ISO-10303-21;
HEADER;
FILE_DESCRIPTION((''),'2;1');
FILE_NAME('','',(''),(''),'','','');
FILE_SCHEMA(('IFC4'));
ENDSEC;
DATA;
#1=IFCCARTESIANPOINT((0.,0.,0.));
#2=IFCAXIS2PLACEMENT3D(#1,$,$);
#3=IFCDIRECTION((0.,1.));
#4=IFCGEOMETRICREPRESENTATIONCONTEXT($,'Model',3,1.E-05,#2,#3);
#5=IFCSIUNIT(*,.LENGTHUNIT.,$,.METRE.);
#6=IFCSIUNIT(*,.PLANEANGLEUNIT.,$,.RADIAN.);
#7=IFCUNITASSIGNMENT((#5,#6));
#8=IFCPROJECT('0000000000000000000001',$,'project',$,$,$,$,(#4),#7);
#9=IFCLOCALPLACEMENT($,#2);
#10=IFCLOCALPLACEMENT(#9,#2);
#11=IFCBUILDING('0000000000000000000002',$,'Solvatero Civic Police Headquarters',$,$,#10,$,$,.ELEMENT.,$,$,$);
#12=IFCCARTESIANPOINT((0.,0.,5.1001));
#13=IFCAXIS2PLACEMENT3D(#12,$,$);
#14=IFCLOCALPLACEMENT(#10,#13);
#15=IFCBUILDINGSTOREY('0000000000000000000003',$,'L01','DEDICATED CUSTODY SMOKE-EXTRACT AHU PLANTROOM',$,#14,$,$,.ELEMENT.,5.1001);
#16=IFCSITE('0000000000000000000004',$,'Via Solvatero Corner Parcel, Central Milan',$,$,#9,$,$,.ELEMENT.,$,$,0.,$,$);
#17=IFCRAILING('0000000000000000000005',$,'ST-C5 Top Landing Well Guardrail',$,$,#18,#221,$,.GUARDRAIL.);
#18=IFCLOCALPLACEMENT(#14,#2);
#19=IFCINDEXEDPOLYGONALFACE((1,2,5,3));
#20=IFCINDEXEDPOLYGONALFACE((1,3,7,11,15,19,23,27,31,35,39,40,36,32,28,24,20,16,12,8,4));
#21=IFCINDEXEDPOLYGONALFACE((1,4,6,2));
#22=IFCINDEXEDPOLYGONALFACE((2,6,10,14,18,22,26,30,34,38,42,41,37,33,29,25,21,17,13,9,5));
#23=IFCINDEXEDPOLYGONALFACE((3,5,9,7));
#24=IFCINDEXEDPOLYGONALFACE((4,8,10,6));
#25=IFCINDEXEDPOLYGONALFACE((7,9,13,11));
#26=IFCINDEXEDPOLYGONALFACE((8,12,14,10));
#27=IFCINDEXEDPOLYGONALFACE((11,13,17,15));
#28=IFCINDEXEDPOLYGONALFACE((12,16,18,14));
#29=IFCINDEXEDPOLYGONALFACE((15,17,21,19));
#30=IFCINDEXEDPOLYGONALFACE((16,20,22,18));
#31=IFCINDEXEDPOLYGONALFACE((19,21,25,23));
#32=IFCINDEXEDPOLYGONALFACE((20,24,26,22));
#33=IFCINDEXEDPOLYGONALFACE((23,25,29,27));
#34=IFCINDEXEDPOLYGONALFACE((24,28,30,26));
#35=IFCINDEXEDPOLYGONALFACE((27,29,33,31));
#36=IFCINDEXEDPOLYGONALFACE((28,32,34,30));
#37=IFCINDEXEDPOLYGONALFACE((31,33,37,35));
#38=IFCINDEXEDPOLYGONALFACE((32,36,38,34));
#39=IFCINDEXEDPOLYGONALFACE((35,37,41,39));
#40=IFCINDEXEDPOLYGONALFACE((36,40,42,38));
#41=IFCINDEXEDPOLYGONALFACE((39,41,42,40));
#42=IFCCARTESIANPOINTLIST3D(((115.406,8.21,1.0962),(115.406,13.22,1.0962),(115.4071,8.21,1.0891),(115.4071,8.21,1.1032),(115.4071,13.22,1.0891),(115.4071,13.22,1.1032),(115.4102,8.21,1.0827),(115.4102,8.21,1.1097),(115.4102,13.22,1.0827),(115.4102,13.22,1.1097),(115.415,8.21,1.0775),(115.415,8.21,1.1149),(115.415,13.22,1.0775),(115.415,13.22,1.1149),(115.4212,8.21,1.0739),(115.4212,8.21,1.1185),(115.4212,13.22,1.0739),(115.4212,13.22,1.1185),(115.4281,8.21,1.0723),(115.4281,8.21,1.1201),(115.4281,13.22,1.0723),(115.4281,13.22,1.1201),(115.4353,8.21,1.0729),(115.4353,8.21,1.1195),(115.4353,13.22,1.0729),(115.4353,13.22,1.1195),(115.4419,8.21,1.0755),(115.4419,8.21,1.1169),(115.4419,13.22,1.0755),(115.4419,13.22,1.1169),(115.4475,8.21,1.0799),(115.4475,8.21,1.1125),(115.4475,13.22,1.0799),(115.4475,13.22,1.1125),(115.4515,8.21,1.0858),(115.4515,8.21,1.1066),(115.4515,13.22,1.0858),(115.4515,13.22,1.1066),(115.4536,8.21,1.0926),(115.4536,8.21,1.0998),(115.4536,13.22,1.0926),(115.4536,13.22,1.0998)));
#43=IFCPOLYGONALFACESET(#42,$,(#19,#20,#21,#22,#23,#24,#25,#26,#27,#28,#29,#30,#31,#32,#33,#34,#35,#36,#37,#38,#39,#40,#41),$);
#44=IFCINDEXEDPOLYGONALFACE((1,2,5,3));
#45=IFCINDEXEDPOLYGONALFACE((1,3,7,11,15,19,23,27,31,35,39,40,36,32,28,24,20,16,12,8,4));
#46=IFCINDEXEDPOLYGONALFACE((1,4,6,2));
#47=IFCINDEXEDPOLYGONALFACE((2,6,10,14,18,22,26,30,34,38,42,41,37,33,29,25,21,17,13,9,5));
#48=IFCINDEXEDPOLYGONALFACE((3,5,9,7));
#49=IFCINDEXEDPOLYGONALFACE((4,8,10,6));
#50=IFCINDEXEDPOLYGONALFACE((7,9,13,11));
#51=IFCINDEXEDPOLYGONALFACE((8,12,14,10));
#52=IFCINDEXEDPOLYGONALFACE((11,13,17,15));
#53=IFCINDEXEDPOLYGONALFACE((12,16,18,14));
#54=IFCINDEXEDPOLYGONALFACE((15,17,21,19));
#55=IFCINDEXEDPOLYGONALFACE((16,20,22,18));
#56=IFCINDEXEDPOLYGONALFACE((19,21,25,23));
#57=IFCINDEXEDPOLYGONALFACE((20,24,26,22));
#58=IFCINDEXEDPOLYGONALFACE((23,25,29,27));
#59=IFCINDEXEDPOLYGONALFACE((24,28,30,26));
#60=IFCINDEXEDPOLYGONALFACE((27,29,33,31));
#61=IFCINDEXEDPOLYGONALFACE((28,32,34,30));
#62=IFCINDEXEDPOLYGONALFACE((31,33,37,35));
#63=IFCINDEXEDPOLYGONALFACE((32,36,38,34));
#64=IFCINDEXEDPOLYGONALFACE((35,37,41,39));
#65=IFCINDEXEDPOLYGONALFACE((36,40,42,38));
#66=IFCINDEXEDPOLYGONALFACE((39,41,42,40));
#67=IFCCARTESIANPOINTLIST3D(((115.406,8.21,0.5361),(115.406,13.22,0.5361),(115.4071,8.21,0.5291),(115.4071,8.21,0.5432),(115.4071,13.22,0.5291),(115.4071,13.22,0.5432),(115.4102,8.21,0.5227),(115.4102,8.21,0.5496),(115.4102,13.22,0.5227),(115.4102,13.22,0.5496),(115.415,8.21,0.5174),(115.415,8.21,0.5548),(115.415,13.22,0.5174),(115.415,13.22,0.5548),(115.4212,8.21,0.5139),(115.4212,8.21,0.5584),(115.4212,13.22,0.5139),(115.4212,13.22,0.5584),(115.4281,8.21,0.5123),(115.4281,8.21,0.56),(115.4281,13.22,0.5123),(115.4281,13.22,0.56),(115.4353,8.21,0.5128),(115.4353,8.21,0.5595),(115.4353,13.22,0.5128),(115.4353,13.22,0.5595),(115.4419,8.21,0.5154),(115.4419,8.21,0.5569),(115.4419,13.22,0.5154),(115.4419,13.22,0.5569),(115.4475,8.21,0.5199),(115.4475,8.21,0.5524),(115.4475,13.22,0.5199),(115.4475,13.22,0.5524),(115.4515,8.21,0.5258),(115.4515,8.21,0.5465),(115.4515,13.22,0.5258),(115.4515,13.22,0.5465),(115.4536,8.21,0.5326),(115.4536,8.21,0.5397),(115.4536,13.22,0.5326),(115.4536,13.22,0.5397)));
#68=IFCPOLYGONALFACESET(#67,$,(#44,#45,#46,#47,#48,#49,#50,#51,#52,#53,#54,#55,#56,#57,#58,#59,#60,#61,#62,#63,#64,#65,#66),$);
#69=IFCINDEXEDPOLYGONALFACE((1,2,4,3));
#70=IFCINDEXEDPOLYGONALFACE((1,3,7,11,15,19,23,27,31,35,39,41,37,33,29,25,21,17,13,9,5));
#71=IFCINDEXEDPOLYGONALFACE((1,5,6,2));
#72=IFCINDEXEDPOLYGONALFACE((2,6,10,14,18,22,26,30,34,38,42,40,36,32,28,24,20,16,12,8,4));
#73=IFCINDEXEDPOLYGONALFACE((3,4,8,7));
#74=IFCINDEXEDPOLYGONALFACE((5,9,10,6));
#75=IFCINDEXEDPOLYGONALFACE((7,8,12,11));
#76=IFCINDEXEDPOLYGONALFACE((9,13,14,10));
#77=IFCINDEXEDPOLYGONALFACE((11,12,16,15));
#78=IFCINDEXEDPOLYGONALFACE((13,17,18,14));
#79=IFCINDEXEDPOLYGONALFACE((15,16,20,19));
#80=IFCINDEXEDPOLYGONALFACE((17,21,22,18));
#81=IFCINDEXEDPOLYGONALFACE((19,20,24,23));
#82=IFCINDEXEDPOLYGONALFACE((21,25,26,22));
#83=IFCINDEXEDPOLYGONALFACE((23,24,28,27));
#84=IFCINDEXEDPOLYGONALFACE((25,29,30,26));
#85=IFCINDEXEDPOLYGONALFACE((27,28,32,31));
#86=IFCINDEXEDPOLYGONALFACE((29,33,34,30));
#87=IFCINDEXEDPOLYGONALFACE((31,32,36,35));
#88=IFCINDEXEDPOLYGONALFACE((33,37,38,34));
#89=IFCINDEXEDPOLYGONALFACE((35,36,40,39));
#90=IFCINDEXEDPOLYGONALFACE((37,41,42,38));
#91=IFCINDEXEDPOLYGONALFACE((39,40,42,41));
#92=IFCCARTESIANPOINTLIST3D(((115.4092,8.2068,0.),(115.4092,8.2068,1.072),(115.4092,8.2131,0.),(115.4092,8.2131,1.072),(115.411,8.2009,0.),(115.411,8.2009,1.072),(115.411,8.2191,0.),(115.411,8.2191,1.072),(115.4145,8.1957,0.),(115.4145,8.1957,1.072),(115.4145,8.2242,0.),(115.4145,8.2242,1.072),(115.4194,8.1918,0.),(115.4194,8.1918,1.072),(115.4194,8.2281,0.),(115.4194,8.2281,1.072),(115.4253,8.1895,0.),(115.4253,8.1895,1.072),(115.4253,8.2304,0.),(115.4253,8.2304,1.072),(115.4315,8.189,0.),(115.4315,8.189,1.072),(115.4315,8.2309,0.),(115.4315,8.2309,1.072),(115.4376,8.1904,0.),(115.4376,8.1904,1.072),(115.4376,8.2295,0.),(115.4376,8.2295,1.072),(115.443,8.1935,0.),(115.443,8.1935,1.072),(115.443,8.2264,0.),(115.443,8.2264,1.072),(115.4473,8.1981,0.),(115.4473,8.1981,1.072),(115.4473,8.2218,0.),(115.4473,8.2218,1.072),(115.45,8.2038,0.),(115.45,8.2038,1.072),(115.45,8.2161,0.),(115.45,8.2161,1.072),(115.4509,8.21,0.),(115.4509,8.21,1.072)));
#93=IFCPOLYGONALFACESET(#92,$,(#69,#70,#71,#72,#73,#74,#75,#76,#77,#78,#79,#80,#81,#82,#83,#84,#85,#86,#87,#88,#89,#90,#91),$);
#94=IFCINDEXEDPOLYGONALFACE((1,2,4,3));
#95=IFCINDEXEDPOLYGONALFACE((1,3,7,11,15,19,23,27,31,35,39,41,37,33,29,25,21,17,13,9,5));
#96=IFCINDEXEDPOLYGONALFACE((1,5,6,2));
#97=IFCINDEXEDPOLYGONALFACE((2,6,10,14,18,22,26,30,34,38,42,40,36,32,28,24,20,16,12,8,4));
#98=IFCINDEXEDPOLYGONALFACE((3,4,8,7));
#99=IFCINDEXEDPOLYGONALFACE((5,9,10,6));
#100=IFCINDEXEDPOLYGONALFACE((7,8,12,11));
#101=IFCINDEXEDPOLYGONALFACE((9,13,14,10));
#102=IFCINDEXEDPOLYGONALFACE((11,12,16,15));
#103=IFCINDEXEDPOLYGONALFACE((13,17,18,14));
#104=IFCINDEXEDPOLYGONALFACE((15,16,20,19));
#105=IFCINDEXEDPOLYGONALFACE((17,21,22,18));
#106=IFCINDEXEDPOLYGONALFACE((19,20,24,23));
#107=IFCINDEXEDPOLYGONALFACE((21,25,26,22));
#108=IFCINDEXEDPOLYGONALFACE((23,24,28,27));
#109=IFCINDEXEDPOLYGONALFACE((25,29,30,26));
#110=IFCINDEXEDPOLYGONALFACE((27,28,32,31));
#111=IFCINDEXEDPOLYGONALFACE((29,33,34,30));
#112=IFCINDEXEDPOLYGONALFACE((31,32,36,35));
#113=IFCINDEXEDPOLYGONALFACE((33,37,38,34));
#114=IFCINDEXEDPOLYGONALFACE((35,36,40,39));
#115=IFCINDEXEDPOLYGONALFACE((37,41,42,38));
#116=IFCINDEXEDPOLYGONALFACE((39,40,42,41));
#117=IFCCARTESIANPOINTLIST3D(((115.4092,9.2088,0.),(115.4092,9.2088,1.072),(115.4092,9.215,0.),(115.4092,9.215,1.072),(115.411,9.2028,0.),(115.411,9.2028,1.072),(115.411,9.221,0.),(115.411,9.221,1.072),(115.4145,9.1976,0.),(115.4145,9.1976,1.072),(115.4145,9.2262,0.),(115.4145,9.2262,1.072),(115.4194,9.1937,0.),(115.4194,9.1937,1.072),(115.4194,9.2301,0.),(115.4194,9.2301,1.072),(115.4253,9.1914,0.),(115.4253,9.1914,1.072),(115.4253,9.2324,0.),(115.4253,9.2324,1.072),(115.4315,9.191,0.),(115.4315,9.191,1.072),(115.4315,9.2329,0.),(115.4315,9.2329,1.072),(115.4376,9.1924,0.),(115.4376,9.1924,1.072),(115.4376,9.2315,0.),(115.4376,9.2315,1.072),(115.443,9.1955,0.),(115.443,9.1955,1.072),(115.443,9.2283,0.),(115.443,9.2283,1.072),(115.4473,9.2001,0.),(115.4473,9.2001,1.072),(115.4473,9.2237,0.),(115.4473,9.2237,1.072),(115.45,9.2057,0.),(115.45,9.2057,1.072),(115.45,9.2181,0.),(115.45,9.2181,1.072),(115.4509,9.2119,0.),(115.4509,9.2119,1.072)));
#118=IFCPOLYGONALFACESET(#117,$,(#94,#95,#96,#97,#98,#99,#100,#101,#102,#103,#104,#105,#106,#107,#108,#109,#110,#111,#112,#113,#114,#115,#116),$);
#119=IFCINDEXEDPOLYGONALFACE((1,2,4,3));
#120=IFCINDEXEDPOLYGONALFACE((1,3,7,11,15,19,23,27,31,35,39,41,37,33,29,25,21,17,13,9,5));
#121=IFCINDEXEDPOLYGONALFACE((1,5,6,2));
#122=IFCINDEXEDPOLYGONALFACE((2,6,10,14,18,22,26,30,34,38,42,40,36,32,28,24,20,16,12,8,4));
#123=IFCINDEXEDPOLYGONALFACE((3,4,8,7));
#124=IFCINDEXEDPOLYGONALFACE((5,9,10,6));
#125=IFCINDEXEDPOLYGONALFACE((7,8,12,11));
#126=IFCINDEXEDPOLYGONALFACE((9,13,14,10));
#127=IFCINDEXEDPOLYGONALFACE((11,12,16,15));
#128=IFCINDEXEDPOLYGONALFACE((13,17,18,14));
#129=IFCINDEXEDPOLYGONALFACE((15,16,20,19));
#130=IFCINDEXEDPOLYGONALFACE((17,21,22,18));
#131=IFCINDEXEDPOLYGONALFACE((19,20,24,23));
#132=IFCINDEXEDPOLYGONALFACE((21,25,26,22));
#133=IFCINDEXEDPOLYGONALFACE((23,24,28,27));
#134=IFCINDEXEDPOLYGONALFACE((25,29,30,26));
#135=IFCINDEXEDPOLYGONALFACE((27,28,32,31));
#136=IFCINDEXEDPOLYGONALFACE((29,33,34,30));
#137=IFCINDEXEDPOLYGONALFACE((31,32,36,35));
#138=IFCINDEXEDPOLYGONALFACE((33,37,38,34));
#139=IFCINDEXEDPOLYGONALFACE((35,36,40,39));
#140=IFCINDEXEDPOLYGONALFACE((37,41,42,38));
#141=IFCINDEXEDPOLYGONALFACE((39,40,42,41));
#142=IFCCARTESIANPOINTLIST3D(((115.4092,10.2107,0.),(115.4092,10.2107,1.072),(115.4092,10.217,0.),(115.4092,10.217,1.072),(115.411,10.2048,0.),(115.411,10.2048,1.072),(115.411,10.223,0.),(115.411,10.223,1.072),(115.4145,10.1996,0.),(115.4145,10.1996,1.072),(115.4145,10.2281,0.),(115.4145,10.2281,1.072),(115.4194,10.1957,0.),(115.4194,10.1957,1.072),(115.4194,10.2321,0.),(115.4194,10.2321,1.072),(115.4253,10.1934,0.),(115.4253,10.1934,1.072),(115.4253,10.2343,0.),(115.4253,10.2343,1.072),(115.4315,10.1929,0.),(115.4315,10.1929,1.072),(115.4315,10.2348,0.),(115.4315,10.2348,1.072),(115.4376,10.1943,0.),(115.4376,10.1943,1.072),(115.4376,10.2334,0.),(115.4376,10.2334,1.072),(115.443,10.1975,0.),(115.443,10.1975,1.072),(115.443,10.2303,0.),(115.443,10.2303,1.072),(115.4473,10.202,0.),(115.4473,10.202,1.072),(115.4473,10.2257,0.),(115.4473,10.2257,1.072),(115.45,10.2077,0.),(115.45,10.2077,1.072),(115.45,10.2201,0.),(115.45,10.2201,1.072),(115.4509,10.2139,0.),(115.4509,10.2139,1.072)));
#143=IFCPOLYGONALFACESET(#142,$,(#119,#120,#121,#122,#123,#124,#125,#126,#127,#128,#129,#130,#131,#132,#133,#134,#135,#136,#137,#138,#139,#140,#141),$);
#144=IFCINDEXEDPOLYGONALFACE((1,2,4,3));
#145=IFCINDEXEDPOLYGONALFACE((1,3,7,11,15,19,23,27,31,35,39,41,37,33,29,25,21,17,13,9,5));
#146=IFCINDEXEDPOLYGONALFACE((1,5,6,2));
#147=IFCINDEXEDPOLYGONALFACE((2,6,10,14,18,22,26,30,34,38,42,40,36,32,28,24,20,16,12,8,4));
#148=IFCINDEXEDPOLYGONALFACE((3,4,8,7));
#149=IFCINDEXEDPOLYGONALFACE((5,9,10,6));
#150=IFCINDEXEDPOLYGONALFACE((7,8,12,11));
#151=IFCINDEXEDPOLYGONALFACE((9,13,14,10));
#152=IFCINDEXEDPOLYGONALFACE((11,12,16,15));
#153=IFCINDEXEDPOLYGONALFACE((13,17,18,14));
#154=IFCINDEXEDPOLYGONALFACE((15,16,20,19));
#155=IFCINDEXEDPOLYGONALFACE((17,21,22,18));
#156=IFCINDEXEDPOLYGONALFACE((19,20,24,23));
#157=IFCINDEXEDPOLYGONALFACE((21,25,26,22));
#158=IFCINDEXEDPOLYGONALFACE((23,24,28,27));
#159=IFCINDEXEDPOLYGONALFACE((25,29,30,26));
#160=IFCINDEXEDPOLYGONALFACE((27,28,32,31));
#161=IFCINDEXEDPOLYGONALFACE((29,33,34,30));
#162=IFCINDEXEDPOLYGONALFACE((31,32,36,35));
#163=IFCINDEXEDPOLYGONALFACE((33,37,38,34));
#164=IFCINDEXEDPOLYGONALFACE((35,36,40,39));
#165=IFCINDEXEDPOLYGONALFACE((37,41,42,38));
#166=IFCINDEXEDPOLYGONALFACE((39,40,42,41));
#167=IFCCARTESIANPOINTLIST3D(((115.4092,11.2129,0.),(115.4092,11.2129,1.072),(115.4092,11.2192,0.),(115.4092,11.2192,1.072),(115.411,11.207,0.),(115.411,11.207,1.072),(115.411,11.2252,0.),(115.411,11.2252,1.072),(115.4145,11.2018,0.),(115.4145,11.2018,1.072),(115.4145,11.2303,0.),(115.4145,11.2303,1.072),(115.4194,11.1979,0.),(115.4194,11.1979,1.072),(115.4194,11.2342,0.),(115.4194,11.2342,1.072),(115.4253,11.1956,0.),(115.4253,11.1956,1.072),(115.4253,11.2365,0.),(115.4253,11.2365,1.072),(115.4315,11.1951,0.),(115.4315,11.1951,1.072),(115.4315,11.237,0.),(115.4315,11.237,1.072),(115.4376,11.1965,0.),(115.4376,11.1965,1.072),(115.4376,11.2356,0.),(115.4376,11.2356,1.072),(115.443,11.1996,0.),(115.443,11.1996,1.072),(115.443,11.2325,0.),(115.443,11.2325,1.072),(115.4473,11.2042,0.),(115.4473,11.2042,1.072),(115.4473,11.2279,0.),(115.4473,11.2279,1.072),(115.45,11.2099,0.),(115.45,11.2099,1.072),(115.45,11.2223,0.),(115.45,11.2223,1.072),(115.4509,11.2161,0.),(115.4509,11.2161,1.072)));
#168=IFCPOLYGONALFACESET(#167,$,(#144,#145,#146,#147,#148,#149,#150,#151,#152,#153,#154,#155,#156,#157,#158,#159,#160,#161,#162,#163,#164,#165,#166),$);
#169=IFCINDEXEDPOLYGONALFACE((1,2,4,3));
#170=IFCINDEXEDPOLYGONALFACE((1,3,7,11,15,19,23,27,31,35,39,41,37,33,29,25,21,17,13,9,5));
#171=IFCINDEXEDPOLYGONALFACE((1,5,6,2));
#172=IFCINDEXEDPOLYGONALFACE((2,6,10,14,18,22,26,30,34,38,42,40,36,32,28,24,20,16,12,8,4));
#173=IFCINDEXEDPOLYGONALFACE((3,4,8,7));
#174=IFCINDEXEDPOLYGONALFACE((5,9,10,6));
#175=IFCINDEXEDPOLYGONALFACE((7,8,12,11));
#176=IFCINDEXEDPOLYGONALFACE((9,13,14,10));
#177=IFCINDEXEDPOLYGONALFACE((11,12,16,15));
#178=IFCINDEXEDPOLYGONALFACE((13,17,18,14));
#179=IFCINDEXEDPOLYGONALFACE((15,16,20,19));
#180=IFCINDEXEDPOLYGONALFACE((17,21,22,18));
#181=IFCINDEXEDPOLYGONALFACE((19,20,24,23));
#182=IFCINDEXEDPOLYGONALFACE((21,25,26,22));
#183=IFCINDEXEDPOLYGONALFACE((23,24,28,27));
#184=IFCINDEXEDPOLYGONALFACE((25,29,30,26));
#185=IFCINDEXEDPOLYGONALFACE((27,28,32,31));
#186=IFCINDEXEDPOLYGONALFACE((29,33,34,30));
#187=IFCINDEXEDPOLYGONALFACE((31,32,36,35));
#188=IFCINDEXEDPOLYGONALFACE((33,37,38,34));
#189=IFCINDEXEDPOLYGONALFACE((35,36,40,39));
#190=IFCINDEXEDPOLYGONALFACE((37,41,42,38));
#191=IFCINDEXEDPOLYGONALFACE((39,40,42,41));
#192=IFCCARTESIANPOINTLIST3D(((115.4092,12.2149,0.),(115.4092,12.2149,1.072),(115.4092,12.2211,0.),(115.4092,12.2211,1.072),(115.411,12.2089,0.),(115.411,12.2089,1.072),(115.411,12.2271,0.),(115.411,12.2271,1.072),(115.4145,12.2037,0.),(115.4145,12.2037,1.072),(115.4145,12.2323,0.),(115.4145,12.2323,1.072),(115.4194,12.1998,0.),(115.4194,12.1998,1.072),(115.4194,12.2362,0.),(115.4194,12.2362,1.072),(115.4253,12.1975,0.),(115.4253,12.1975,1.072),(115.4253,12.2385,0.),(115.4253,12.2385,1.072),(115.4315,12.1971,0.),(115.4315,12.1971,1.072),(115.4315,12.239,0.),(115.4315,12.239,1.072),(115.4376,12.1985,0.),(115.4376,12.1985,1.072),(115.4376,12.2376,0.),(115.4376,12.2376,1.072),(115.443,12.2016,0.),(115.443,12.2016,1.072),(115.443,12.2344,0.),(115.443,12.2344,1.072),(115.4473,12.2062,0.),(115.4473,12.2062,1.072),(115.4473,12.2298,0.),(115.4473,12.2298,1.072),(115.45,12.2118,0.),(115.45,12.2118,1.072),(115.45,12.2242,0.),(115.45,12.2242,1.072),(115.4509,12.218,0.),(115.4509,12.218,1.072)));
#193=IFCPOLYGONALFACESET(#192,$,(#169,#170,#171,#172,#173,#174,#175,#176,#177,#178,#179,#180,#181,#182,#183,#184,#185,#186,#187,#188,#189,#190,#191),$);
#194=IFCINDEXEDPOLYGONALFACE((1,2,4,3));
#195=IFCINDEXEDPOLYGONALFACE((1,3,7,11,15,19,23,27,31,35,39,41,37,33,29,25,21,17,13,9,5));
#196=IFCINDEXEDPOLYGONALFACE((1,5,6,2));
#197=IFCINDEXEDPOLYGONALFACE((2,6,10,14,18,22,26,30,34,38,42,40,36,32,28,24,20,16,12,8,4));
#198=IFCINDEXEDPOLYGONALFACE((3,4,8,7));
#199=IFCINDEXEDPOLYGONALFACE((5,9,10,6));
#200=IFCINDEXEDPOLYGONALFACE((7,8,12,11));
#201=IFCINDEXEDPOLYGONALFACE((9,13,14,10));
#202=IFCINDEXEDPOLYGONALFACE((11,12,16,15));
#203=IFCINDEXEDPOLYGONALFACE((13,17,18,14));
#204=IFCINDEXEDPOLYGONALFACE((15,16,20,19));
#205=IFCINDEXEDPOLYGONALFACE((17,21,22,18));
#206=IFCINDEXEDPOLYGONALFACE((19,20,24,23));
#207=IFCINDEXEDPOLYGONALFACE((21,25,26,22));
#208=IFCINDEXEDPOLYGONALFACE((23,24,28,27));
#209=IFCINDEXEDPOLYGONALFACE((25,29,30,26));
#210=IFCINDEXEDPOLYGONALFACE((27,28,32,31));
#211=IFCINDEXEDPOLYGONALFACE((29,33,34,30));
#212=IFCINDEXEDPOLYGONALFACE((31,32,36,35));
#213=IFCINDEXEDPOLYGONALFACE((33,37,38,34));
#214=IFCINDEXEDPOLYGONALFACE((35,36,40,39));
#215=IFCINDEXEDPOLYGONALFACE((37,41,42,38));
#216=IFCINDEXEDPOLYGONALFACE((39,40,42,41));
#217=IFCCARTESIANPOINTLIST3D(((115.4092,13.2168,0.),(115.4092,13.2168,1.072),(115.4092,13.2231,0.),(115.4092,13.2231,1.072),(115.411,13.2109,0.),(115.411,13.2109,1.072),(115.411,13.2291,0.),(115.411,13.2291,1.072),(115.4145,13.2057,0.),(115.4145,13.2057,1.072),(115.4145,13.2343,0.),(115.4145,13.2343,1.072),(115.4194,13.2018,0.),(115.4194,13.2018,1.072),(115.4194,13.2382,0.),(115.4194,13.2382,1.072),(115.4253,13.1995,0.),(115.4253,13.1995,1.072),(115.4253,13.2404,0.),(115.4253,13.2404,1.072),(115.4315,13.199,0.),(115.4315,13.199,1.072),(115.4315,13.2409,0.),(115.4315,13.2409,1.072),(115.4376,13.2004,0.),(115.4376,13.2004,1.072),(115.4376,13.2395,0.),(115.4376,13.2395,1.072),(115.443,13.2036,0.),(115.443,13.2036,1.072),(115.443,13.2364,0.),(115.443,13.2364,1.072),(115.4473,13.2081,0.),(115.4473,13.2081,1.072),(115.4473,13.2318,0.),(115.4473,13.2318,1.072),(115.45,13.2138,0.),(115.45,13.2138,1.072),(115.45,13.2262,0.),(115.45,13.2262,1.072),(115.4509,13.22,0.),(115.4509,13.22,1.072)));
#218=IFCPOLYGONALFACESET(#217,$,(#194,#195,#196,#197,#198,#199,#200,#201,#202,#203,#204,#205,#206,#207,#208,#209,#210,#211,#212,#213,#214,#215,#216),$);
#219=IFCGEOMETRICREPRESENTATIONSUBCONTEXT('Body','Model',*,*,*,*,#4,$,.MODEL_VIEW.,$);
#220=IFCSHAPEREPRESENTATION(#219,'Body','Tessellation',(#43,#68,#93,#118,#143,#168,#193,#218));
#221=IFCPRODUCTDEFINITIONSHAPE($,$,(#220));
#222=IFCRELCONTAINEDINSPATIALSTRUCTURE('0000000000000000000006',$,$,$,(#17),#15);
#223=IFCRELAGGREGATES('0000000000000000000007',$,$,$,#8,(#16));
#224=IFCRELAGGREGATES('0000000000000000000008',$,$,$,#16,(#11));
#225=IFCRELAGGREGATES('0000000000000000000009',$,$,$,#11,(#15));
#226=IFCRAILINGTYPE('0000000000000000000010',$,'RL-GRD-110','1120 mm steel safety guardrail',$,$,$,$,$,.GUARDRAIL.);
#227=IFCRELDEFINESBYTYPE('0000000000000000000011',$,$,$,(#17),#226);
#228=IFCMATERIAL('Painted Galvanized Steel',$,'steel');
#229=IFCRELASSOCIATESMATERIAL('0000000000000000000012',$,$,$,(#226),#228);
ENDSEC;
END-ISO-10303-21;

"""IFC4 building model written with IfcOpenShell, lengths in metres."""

from ifc_helpers import new_model, si_unit, direction, frame, origin, origin_2d, place, context, subcontext, project, spatial, circle, extrude, material, type_object, element, save


model = new_model("IFC4")

# Units and contexts
model_context = context("Model", 3, precision=1e-05, world=origin(), true_north=direction((0.0, 1.0)))
body_context = subcontext(model_context, "Body", "Model", "MODEL_VIEW")
ifc_project = project(units=[si_unit("LENGTHUNIT", "METRE"), si_unit("PLANEANGLEUNIT", "RADIAN")], contexts=[model_context])

# Site, building, storey
site_placement = place(None, origin())
site = spatial("IfcSite", under=ifc_project, at=site_placement, Name="Via Solvatero Corner Parcel, Central Milan", CompositionType="ELEMENT", RefElevation=0.0)
building_placement = place(site_placement, origin())
building = spatial("IfcBuilding", under=site, at=building_placement, Name="Solvatero Civic Police Headquarters", CompositionType="ELEMENT")
storey_placement = place(building_placement, frame((0.0, 0.0, 5.1001)))
storey = spatial("IfcBuildingStorey", under=building, at=storey_placement, Name="L01", Description="DEDICATED CUSTODY SMOKE-EXTRACT AHU PLANTROOM", CompositionType="ELEMENT", Elevation=5.1001)

# Railing
ifc_material_1 = material(Name="Painted Galvanized Steel", Category="steel")
railing_type = type_object("IfcRailingType", Name="RL-GRD-110", Description="1120 mm steel safety guardrail", PredefinedType="GUARDRAIL", material=ifc_material_1)
railing_placement = place(storey_placement, frame((115.4299, 8.21, 0.0)))
element("IfcRailing", 1, at=railing_placement, inside=storey, type_object=railing_type, Name="ST-C5 Top Landing Well Guardrail", PredefinedType="GUARDRAIL", context=body_context, shape_type="SweptSolid", body=[
    extrude(circle(Radius=0.0239, at=origin_2d()), frame((0.0, 0.0, 1.0962), z_axis=(0.0, 1.0, 0.0), x_axis=(-1.0, 0.0, 0.0)), (0.0, 0.0, 1.0), 5.01),
    extrude(circle(Radius=0.0239, at=origin_2d()), frame((0.0, 0.0, 0.5361), z_axis=(0.0, 1.0, 0.0), x_axis=(-1.0, 0.0, 0.0)), (0.0, 0.0, 1.0), 5.01),
    extrude(circle(Radius=0.021, at=origin_2d()), origin(), (0.0, 0.0, 1.0), 1.072),
    extrude(circle(Radius=0.021, at=origin_2d()), frame((0.0, 1.002, 0.0)), (0.0, 0.0, 1.0), 1.072),
    extrude(circle(Radius=0.021, at=origin_2d()), frame((0.0, 2.0039, 0.0)), (0.0, 0.0, 1.0), 1.072),
    extrude(circle(Radius=0.021, at=origin_2d()), frame((0.0, 3.0061, 0.0)), (0.0, 0.0, 1.0), 1.072),
    extrude(circle(Radius=0.021, at=origin_2d()), frame((0.0, 4.0081, 0.0)), (0.0, 0.0, 1.0), 1.072),
    extrude(circle(Radius=0.021, at=origin_2d()), frame((0.0, 5.01, 0.0)), (0.0, 0.0, 1.0), 1.072),
])

save(model, "model.ifc")
